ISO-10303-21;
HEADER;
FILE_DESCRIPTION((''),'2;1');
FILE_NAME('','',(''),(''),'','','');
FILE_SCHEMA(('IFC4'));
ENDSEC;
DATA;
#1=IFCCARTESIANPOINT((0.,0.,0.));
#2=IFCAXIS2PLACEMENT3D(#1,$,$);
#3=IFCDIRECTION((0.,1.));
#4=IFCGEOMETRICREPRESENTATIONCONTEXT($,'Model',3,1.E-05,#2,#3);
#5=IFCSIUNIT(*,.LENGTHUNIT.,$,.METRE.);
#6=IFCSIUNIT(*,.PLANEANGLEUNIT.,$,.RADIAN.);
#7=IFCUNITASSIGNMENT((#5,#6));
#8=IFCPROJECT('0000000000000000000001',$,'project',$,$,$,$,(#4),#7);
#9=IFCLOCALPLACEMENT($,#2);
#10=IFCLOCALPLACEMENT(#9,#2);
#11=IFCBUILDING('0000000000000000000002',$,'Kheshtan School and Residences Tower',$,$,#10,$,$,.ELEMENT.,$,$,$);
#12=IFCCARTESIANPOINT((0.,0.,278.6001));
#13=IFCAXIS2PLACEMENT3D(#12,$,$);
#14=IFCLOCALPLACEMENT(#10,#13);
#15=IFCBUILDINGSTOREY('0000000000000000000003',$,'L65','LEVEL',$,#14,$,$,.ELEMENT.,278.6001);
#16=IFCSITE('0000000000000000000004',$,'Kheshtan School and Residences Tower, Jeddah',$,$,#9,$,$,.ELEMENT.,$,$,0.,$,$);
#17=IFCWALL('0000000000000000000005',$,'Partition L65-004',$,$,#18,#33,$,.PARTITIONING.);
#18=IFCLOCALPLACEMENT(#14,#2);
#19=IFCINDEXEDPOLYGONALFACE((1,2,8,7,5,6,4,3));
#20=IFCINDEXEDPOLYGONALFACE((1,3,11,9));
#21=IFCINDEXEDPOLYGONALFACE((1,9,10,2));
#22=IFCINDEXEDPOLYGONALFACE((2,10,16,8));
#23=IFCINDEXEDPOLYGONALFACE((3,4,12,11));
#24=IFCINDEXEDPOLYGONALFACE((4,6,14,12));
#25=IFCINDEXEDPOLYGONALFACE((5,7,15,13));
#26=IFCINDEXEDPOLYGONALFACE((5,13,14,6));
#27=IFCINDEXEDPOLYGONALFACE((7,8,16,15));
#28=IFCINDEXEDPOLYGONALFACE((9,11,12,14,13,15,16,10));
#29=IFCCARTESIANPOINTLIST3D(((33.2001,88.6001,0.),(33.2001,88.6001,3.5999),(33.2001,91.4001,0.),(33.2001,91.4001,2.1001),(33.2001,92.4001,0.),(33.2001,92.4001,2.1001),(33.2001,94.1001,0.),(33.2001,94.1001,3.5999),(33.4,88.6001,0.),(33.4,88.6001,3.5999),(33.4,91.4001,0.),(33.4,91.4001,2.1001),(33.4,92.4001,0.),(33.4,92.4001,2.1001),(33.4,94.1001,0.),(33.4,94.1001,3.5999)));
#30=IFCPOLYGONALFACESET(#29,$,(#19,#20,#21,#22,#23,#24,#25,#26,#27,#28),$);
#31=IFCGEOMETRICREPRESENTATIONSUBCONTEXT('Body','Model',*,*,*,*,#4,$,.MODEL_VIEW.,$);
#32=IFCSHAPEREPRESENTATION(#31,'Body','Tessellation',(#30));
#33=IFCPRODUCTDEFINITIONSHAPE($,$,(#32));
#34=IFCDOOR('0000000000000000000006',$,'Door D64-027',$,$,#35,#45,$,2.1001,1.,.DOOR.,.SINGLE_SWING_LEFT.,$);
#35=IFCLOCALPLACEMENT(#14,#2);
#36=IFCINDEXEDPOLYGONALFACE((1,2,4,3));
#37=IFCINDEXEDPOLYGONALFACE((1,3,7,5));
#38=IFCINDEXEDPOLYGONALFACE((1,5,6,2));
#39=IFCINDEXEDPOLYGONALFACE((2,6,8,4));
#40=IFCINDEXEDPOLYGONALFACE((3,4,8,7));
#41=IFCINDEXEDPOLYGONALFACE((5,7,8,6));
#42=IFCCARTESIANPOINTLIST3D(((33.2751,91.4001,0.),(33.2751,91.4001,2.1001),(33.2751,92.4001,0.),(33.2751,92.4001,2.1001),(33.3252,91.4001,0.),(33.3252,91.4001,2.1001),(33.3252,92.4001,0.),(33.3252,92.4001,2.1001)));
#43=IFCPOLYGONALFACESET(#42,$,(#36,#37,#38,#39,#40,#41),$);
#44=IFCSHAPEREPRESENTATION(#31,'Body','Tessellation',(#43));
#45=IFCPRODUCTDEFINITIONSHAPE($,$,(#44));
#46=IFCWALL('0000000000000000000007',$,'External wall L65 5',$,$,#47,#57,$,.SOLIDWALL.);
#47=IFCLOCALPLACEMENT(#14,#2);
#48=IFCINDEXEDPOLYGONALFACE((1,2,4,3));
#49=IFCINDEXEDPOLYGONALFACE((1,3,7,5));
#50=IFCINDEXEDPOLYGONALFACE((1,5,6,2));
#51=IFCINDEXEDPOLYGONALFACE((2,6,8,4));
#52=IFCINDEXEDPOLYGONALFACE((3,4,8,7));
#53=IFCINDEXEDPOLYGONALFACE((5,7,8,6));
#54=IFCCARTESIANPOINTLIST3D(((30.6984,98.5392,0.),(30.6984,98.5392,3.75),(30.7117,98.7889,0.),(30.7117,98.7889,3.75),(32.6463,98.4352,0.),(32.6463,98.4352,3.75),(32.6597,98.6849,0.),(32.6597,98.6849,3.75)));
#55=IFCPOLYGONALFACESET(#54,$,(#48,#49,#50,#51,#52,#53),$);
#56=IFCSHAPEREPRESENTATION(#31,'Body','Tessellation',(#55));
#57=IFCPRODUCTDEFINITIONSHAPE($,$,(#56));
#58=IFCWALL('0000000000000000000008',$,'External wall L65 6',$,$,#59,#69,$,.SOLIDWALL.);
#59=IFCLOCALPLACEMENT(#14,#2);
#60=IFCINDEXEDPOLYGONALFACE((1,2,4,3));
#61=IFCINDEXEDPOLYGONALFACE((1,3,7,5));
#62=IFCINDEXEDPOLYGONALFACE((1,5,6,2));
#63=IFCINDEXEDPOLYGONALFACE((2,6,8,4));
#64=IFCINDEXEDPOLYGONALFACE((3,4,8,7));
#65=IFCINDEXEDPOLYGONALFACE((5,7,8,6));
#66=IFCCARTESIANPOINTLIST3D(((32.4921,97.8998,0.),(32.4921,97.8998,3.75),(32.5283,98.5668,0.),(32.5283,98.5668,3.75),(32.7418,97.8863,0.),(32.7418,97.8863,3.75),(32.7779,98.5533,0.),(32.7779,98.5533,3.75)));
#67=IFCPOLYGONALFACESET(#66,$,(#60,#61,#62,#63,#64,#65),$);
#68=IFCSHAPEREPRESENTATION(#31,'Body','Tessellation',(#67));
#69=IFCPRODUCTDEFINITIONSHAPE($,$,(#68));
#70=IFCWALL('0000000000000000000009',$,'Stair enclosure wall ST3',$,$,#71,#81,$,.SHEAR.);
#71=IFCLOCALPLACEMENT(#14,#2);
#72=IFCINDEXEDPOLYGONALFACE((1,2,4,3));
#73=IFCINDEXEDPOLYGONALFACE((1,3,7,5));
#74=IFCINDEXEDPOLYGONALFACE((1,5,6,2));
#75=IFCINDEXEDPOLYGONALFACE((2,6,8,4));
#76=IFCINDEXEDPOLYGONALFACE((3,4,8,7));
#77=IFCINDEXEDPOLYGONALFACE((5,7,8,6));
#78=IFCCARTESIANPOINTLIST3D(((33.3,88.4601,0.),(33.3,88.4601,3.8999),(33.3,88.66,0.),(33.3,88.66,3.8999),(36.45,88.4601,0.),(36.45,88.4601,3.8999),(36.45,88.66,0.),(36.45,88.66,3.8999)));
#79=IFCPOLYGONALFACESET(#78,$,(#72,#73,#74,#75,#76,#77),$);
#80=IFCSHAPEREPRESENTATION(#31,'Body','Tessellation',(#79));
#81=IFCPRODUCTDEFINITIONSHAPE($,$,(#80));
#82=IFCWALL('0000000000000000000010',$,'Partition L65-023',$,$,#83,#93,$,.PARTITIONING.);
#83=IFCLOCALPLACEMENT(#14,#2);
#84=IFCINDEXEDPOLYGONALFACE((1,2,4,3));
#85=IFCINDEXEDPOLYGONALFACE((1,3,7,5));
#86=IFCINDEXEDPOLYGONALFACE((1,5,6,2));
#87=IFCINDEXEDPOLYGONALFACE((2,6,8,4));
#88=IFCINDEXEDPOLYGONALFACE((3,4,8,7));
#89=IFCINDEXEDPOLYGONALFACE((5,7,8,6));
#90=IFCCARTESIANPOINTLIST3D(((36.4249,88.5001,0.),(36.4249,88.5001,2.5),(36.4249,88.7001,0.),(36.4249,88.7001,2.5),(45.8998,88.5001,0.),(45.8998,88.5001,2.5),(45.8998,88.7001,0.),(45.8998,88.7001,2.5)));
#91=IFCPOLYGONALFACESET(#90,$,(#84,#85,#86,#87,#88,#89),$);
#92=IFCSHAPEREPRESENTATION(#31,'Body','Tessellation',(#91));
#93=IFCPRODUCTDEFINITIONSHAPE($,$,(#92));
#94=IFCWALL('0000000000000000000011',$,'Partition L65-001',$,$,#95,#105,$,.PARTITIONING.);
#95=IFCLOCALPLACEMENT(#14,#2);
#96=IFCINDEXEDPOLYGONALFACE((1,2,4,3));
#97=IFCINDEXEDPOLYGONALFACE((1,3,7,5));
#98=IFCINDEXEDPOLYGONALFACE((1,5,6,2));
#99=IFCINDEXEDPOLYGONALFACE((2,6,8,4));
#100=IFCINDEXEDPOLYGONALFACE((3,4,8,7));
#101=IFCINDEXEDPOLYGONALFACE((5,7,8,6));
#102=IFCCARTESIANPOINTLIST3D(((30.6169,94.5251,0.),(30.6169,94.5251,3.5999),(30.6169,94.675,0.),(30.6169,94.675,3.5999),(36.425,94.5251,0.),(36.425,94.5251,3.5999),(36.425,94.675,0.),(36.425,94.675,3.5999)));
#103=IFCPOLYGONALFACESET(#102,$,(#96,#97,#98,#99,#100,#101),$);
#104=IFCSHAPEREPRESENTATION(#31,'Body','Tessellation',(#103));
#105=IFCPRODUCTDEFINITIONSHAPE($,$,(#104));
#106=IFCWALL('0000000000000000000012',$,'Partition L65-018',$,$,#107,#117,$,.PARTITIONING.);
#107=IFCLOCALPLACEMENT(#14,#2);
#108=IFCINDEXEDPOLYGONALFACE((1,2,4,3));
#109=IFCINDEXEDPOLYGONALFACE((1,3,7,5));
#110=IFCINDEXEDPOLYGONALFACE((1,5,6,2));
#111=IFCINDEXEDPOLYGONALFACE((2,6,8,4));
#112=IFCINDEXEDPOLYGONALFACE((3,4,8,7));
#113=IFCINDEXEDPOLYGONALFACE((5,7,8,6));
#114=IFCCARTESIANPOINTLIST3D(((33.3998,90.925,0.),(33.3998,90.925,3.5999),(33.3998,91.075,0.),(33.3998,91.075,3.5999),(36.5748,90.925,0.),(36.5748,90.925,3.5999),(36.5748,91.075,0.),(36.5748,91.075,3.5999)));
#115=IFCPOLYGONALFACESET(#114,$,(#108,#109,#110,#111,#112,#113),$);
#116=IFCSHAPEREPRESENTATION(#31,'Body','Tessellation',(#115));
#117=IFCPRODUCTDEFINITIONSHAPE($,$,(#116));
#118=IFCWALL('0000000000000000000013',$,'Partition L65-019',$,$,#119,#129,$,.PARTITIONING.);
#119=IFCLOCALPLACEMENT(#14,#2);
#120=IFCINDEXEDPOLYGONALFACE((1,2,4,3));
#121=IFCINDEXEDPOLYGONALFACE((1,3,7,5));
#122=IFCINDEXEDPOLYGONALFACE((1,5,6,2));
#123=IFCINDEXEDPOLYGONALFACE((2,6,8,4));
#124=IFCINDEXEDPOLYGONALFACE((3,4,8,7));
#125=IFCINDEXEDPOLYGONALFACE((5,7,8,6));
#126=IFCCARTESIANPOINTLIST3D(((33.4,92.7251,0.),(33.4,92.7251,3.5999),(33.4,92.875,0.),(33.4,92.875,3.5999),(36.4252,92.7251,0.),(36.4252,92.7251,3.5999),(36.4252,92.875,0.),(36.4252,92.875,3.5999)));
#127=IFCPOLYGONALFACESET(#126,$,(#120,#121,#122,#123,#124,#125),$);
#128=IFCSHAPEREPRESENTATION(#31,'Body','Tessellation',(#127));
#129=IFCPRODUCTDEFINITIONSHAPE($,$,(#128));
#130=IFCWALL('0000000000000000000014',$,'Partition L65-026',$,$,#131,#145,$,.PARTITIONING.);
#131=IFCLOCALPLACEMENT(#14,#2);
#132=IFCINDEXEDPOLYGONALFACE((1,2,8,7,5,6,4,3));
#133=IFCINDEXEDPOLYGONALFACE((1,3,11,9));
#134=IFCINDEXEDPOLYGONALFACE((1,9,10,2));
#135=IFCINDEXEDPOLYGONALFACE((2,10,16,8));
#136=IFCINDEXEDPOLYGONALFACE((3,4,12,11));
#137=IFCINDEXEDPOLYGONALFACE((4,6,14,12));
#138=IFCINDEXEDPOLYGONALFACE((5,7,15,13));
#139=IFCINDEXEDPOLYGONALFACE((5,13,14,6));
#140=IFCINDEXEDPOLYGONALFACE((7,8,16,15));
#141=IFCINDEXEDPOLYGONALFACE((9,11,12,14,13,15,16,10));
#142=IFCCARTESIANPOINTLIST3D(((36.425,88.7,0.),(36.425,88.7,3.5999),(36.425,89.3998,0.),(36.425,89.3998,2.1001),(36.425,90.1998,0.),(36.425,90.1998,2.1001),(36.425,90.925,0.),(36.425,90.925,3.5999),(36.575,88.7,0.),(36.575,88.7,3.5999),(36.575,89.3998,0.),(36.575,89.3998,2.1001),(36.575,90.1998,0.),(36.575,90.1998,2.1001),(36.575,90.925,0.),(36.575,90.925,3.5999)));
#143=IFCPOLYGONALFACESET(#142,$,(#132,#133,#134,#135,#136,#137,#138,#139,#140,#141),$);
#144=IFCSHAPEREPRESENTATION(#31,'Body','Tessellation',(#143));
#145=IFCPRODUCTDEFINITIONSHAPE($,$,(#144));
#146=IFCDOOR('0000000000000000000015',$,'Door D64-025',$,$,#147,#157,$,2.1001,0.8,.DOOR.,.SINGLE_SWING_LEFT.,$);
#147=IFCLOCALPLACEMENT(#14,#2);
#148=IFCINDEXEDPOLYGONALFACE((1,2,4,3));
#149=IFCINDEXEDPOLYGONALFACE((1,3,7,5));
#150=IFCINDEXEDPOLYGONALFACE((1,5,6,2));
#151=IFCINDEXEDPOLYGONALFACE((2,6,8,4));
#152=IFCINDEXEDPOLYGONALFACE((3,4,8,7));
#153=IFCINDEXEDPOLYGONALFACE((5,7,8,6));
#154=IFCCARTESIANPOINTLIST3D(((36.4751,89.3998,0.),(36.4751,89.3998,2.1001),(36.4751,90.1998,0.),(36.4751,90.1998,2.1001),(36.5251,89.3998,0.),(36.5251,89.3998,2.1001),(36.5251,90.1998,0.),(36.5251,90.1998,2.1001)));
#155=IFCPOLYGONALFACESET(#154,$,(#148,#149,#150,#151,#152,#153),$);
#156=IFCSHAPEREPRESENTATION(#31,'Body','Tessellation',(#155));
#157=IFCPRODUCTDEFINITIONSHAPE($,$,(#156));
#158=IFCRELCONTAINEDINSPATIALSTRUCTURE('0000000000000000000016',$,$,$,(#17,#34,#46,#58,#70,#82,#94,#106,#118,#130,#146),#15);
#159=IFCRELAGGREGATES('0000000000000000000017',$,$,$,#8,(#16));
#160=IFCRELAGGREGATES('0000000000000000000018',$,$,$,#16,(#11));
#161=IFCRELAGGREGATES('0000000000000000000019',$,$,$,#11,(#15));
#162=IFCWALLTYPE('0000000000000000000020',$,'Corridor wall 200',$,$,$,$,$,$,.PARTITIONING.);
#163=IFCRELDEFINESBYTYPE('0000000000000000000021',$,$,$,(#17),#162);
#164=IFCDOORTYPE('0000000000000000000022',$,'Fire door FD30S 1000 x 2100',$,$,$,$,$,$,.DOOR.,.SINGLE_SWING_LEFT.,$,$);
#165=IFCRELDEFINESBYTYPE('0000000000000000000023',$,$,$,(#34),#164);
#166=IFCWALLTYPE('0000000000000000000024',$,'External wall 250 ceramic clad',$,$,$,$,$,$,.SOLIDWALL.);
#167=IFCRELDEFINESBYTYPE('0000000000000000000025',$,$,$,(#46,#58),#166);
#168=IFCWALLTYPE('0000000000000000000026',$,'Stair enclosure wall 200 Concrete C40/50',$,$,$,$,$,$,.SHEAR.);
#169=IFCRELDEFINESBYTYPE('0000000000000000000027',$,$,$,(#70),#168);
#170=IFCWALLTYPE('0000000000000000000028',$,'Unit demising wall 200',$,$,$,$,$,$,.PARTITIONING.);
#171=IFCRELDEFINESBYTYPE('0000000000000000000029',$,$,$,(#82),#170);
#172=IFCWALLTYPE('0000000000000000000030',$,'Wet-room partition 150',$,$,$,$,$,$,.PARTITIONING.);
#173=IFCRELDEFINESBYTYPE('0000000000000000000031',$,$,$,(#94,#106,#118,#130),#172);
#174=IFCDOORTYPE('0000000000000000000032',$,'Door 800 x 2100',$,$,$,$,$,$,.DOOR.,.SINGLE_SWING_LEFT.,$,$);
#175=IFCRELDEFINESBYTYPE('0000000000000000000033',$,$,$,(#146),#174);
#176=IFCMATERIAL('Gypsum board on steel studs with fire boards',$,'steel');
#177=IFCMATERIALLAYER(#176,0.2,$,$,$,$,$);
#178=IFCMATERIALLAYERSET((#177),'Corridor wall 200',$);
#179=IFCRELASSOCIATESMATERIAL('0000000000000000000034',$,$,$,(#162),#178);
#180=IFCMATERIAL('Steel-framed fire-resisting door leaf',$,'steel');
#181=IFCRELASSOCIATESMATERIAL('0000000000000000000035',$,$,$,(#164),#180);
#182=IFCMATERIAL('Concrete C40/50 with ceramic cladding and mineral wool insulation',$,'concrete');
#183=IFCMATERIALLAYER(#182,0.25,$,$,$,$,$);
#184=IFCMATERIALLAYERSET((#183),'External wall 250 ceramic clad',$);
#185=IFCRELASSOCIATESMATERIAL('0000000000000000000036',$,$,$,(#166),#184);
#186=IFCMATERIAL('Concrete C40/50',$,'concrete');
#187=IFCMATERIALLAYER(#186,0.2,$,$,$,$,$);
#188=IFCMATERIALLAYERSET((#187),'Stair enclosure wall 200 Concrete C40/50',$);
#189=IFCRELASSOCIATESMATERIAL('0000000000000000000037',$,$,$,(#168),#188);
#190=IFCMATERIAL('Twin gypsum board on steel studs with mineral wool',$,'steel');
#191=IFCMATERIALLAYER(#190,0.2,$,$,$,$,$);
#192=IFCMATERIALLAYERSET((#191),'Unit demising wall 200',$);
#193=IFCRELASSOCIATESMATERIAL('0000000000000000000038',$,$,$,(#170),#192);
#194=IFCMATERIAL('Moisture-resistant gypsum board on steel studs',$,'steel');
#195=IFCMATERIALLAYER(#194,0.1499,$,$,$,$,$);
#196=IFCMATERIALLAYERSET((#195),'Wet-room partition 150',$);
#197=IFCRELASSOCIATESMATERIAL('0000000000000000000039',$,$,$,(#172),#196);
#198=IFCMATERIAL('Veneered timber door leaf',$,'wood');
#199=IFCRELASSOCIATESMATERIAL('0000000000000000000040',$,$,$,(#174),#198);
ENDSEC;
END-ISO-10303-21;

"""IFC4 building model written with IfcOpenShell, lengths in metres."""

from ifc_helpers import new_model, si_unit, direction, frame, frame_2d, origin, place, context, subcontext, project, spatial, rectangle, extrude, source, transform, mapped, material, layer, layer_set, type_object, element, fill, save


model = new_model("IFC4")

# Units and contexts
model_context = context("Model", 3, precision=1e-05, world=origin(), true_north=direction((0.0, 1.0)))
body_context = subcontext(model_context, "Body", "Model", "MODEL_VIEW")
ifc_project = project(units=[si_unit("LENGTHUNIT", "METRE"), si_unit("PLANEANGLEUNIT", "RADIAN")], contexts=[model_context])

# Site, building, storey
site_placement = place(None, origin())
site = spatial("IfcSite", under=ifc_project, at=site_placement, Name="Kheshtan School and Residences Tower, Jeddah", CompositionType="ELEMENT", RefElevation=0.0)
building_placement = place(site_placement, origin())
building = spatial("IfcBuilding", under=site, at=building_placement, Name="Kheshtan School and Residences Tower", CompositionType="ELEMENT")
storey_placement = place(building_placement, frame((0.0, 0.0, 278.6001)))
storey = spatial("IfcBuildingStorey", under=building, at=storey_placement, Name="L65", Description="LEVEL", CompositionType="ELEMENT", Elevation=278.6001)

# Shared definitions
ifc_material_1 = material(Name="Gypsum board on steel studs with fire boards", Category="steel")
ifc_layer_1 = layer(ifc_material_1, 0.2)
ifc_layer_set_1 = layer_set([ifc_layer_1], Name="Corridor wall 200")
wall_type_1 = type_object("IfcWallType", Name="Corridor wall 200", PredefinedType="PARTITIONING", material=ifc_layer_set_1)

# Wall, opening, door
wall_1_placement = place(storey_placement, frame((33.3, 88.6001, 0.0), z_axis=(0.0, 0.0, 1.0), x_axis=(0.0, 1.0, 0.0)))
wall_1 = element("IfcWall", 1, at=wall_1_placement, inside=storey, type_object=wall_type_1, Name="Partition L65-004", PredefinedType="PARTITIONING", context=body_context, shape_type="SweptSolid", body=[
    extrude(rectangle(XDim=5.5, YDim=0.2, at=frame_2d((2.75, 0.0))), origin(), (0.0, 0.0, 1.0), 3.5999),
])
opening_1_placement = place(wall_1_placement, frame((2.8, 0.0, 0.0)))
opening_1 = element("IfcOpeningElement", 2, at=opening_1_placement, cuts=wall_1, PredefinedType="OPENING", context=body_context, shape_type="SweptSolid", body=[
    extrude(rectangle(XDim=1.0, YDim=2.1001, at=frame_2d((0.5, 1.05))), frame((0.0, 0.1099, 0.0), z_axis=(0.0, -1.0, 0.0), x_axis=(1.0, 0.0, 0.0)), (0.0, 0.0, 1.0), 0.22),
])
ifc_material_2 = material(Name="Steel-framed fire-resisting door leaf", Category="steel")
door_type_1 = type_object("IfcDoorType", Name="Fire door FD30S 1000 x 2100", OperationType="SINGLE_SWING_LEFT", PredefinedType="DOOR", material=ifc_material_2)
shared_shape_1 = source(origin(), body_context, "Body", "SweptSolid", [
    extrude(rectangle(XDim=1.0, YDim=2.1001, at=frame_2d((0.5, 1.05))), frame((0.0, 0.0249, 0.0), z_axis=(0.0, -1.0, 0.0), x_axis=(1.0, 0.0, 0.0)), (0.0, 0.0, 1.0), 0.05),
])
door_1_placement = place(opening_1_placement, origin())
door_1 = element("IfcDoor", 3, at=door_1_placement, inside=storey, type_object=door_type_1, Name="Door D64-027", OperationType="SINGLE_SWING_LEFT", OverallHeight=2.1001, OverallWidth=1.0, PredefinedType="DOOR", context=body_context, shape_type="MappedRepresentation", body=[
    mapped(shared_shape_1, transform((0.0, 0.0, 0.0), x_axis=(1.0, 0.0, 0.0), y_axis=(0.0, 1.0, 0.0), z_axis=(0.0, 0.0, 1.0), scale=1.0)),
])
fill(opening_1, door_1)

# Walls
ifc_material_3 = material(Name="Concrete C40/50 with ceramic cladding and mineral wool insulation", Category="concrete")
ifc_layer_2 = layer(ifc_material_3, 0.25)
ifc_layer_set_2 = layer_set([ifc_layer_2], Name="External wall 250 ceramic clad")
wall_type_2 = type_object("IfcWallType", Name="External wall 250 ceramic clad", PredefinedType="SOLIDWALL", material=ifc_layer_set_2)
wall_2_placement = place(storey_placement, frame((30.7051, 98.6641, 0.0), z_axis=(0.0, 0.0, 1.0), x_axis=(0.998578, -0.053314, 0.0)))
element("IfcWall", 4, at=wall_2_placement, inside=storey, type_object=wall_type_2, Name="External wall L65 5", PredefinedType="SOLIDWALL", context=body_context, shape_type="SweptSolid", body=[
    extrude(rectangle(XDim=1.9507, YDim=0.25, at=frame_2d((0.9753, 0.0))), origin(), (0.0, 0.0, 1.0), 3.75),
])
wall_3_placement = place(storey_placement, frame((32.6531, 98.5601, 0.0), z_axis=(0.0, 0.0, 1.0), x_axis=(-0.054093, -0.998536, 0.0)))
element("IfcWall", 5, at=wall_3_placement, inside=storey, type_object=wall_type_2, Name="External wall L65 6", PredefinedType="SOLIDWALL", context=body_context, shape_type="SweptSolid", body=[
    extrude(rectangle(XDim=0.668, YDim=0.25, at=frame_2d((0.334, 0.0))), origin(), (0.0, 0.0, 1.0), 3.75),
])
ifc_material_4 = material(Name="Concrete C40/50", Category="concrete")
ifc_layer_3 = layer(ifc_material_4, 0.2)
ifc_layer_set_3 = layer_set([ifc_layer_3], Name="Stair enclosure wall 200 Concrete C40/50")
wall_type_3 = type_object("IfcWallType", Name="Stair enclosure wall 200 Concrete C40/50", PredefinedType="SHEAR", material=ifc_layer_set_3)
wall_4_placement = place(storey_placement, frame((33.3, 88.5601, 0.0), z_axis=(0.0, 0.0, 1.0), x_axis=(1.0, 0.0, 0.0)))
element("IfcWall", 6, at=wall_4_placement, inside=storey, type_object=wall_type_3, Name="Stair enclosure wall ST3", PredefinedType="SHEAR", context=body_context, shape_type="SweptSolid", body=[
    extrude(rectangle(XDim=3.1499, YDim=0.2, at=frame_2d((1.575, 0.0))), origin(), (0.0, 0.0, 1.0), 3.8999),
])
ifc_material_5 = material(Name="Twin gypsum board on steel studs with mineral wool", Category="steel")
ifc_layer_4 = layer(ifc_material_5, 0.2)
ifc_layer_set_4 = layer_set([ifc_layer_4], Name="Unit demising wall 200")
wall_type_4 = type_object("IfcWallType", Name="Unit demising wall 200", PredefinedType="PARTITIONING", material=ifc_layer_set_4)
wall_5_placement = place(storey_placement, frame((36.425, 88.6001, 0.0), z_axis=(0.0, 0.0, 1.0), x_axis=(1.0, 0.0, 0.0)))
element("IfcWall", 7, at=wall_5_placement, inside=storey, type_object=wall_type_4, Name="Partition L65-023", PredefinedType="PARTITIONING", context=body_context, shape_type="SweptSolid", body=[
    extrude(rectangle(XDim=9.4749, YDim=0.2, at=frame_2d((4.7373, 0.0))), origin(), (0.0, 0.0, 1.0), 2.5),
])
ifc_material_6 = material(Name="Moisture-resistant gypsum board on steel studs", Category="steel")
ifc_layer_5 = layer(ifc_material_6, 0.1499)
ifc_layer_set_5 = layer_set([ifc_layer_5], Name="Wet-room partition 150")
wall_type_5 = type_object("IfcWallType", Name="Wet-room partition 150", PredefinedType="PARTITIONING", material=ifc_layer_set_5)
wall_6_placement = place(storey_placement, frame((30.6169, 94.6001, 0.0), z_axis=(0.0, 0.0, 1.0), x_axis=(1.0, 0.0, 0.0)))
element("IfcWall", 8, at=wall_6_placement, inside=storey, type_object=wall_type_5, Name="Partition L65-001", PredefinedType="PARTITIONING", context=body_context, shape_type="SweptSolid", body=[
    extrude(rectangle(XDim=5.8081, YDim=0.1499, at=frame_2d((2.9041, 0.0))), origin(), (0.0, 0.0, 1.0), 3.5999),
])
wall_7_placement = place(storey_placement, frame((33.3999, 91.0, 0.0), z_axis=(0.0, 0.0, 1.0), x_axis=(1.0, 0.0, 0.0)))
element("IfcWall", 9, at=wall_7_placement, inside=storey, type_object=wall_type_5, Name="Partition L65-018", PredefinedType="PARTITIONING", context=body_context, shape_type="SweptSolid", body=[
    extrude(rectangle(XDim=3.175, YDim=0.1499, at=frame_2d((1.5874, 0.0))), origin(), (0.0, 0.0, 1.0), 3.5999),
])
wall_8_placement = place(storey_placement, frame((33.3999, 92.8, 0.0), z_axis=(0.0, 0.0, 1.0), x_axis=(1.0, 0.0, 0.0)))
element("IfcWall", 10, at=wall_8_placement, inside=storey, type_object=wall_type_5, Name="Partition L65-019", PredefinedType="PARTITIONING", context=body_context, shape_type="SweptSolid", body=[
    extrude(rectangle(XDim=3.0251, YDim=0.1499, at=frame_2d((1.5127, 0.0))), origin(), (0.0, 0.0, 1.0), 3.5999),
])

# Wall, opening, door
wall_9_placement = place(storey_placement, frame((36.5, 88.7, 0.0), z_axis=(0.0, 0.0, 1.0), x_axis=(0.0, 1.0, 0.0)))
wall_9 = element("IfcWall", 11, at=wall_9_placement, inside=storey, type_object=wall_type_5, Name="Partition L65-026", PredefinedType="PARTITIONING", context=body_context, shape_type="SweptSolid", body=[
    extrude(rectangle(XDim=2.2251, YDim=0.1499, at=frame_2d((1.1125, 0.0))), origin(), (0.0, 0.0, 1.0), 3.5999),
])
opening_2_placement = place(wall_9_placement, frame((0.7, 0.0, 0.0)))
opening_2 = element("IfcOpeningElement", 12, at=opening_2_placement, cuts=wall_9, PredefinedType="OPENING", context=body_context, shape_type="SweptSolid", body=[
    extrude(rectangle(XDim=0.8, YDim=2.1001, at=frame_2d((0.3999, 1.05))), frame((0.0, 0.085, 0.0), z_axis=(0.0, -1.0, 0.0), x_axis=(1.0, 0.0, 0.0)), (0.0, 0.0, 1.0), 0.1699),
])
ifc_material_7 = material(Name="Veneered timber door leaf", Category="wood")
door_type_2 = type_object("IfcDoorType", Name="Door 800 x 2100", OperationType="SINGLE_SWING_LEFT", PredefinedType="DOOR", material=ifc_material_7)
shared_shape_2 = source(origin(), body_context, "Body", "SweptSolid", [
    extrude(rectangle(XDim=0.8, YDim=2.1001, at=frame_2d((0.3999, 1.05))), frame((0.0, 0.0249, 0.0), z_axis=(0.0, -1.0, 0.0), x_axis=(1.0, 0.0, 0.0)), (0.0, 0.0, 1.0), 0.05),
])
door_2_placement = place(opening_2_placement, origin())
door_2 = element("IfcDoor", 13, at=door_2_placement, inside=storey, type_object=door_type_2, Name="Door D64-025", OperationType="SINGLE_SWING_LEFT", OverallHeight=2.1001, OverallWidth=0.8, PredefinedType="DOOR", context=body_context, shape_type="MappedRepresentation", body=[
    mapped(shared_shape_2, transform((0.0, 0.0, 0.0), x_axis=(1.0, 0.0, 0.0), y_axis=(0.0, 1.0, 0.0), z_axis=(0.0, 0.0, 1.0), scale=1.0)),
])
fill(opening_2, door_2)

save(model, "model.ifc")
